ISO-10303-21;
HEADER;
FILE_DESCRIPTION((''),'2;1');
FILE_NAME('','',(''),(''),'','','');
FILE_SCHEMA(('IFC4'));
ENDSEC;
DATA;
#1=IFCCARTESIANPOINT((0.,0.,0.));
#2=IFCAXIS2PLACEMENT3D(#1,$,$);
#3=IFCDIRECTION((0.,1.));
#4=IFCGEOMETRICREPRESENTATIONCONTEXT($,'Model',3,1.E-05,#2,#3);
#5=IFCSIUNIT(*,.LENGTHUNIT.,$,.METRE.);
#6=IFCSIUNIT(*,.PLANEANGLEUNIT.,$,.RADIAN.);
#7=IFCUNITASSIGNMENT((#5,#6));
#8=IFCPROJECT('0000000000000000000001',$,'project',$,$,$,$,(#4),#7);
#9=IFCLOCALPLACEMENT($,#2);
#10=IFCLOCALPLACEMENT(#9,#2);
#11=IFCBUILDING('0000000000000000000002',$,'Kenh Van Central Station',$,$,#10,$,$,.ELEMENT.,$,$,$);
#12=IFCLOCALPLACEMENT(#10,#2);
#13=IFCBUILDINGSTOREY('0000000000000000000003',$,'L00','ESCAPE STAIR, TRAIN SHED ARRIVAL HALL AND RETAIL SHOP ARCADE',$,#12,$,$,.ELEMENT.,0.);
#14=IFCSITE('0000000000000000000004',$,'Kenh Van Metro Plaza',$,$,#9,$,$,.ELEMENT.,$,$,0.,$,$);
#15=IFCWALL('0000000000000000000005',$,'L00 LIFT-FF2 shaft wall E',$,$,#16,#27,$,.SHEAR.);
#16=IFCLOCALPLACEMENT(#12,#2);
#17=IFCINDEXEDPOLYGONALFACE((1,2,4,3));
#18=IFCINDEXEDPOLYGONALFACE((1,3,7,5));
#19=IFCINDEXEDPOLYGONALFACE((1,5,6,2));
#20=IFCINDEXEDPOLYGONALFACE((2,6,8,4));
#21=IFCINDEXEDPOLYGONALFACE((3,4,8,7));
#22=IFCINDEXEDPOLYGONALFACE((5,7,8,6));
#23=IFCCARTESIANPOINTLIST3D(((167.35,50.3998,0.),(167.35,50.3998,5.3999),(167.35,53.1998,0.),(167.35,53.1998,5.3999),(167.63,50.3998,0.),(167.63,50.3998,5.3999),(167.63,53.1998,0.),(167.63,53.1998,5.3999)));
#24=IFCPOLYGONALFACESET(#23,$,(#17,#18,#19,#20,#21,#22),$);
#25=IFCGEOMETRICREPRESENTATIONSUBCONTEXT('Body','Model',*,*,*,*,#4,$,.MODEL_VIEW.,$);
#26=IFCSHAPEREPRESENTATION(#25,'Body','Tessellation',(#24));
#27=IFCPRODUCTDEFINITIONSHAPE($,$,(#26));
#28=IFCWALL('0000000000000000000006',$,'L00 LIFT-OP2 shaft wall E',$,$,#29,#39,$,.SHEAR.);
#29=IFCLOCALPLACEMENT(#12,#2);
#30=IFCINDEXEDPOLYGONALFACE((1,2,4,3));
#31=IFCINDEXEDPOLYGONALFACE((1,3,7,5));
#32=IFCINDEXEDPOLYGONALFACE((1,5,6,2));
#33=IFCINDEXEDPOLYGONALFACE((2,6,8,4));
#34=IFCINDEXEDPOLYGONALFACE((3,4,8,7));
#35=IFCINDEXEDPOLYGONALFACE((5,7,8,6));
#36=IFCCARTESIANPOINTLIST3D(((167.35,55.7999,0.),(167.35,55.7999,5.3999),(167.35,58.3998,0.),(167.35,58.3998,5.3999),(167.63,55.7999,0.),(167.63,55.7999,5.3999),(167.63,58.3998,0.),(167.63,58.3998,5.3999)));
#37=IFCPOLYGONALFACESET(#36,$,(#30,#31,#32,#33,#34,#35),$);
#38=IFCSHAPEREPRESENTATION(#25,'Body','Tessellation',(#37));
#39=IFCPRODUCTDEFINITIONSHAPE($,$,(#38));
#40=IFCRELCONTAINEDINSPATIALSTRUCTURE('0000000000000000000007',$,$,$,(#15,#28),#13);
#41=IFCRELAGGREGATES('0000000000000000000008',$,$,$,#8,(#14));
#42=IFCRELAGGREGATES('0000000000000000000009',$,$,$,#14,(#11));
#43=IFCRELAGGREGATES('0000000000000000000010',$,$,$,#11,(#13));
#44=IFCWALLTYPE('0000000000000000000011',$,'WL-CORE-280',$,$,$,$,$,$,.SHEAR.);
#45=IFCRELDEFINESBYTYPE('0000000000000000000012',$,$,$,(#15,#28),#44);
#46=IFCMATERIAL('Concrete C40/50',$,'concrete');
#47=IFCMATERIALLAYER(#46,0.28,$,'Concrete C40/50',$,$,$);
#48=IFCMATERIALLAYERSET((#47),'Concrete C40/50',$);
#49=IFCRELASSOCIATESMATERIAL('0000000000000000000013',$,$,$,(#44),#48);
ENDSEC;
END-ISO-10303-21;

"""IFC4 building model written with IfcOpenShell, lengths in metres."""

from ifc_helpers import new_model, si_unit, direction, frame, frame_2d, origin, place, context, subcontext, project, spatial, rectangle, extrude, material, layer, layer_set, type_object, element, save


model = new_model("IFC4")

# Units and contexts
model_context = context("Model", 3, precision=1e-05, world=origin(), true_north=direction((0.0, 1.0)))
body_context = subcontext(model_context, "Body", "Model", "MODEL_VIEW")
ifc_project = project(units=[si_unit("LENGTHUNIT", "METRE"), si_unit("PLANEANGLEUNIT", "RADIAN")], contexts=[model_context])

# Site, building, storey
site_placement = place(None, origin())
site = spatial("IfcSite", under=ifc_project, at=site_placement, Name="Kenh Van Metro Plaza", CompositionType="ELEMENT", RefElevation=0.0)
building_placement = place(site_placement, origin())
building = spatial("IfcBuilding", under=site, at=building_placement, Name="Kenh Van Central Station", CompositionType="ELEMENT")
storey_placement = place(building_placement, origin())
storey = spatial("IfcBuildingStorey", under=building, at=storey_placement, Name="L00", Description="ESCAPE STAIR, TRAIN SHED ARRIVAL HALL AND RETAIL SHOP ARCADE", CompositionType="ELEMENT", Elevation=0.0)

# Shared definitions
ifc_material_1 = material(Name="Concrete C40/50", Category="concrete")

# Walls
ifc_layer_1 = layer(ifc_material_1, 0.28, Name="Concrete C40/50")
ifc_layer_set_1 = layer_set([ifc_layer_1], Name="Concrete C40/50")
wall_type = type_object("IfcWallType", Name="WL-CORE-280", PredefinedType="SHEAR", material=ifc_layer_set_1)
wall_1_placement = place(storey_placement, frame((167.49, 50.3999, 0.0), z_axis=(0.0, 0.0, 1.0), x_axis=(0.0, 1.0, 0.0)))
element("IfcWall", 1, at=wall_1_placement, inside=storey, type_object=wall_type, Name="L00 LIFT-FF2 shaft wall E", PredefinedType="SHEAR", context=body_context, shape_type="SweptSolid", body=[
    extrude(rectangle(XDim=2.8, YDim=0.28, at=frame_2d((1.3999, 0.0))), origin(), (0.0, 0.0, 1.0), 5.3999),
])
wall_2_placement = place(storey_placement, frame((167.49, 55.8, 0.0), z_axis=(0.0, 0.0, 1.0), x_axis=(0.0, 1.0, 0.0)))
element("IfcWall", 2, at=wall_2_placement, inside=storey, type_object=wall_type, Name="L00 LIFT-OP2 shaft wall E", PredefinedType="SHEAR", context=body_context, shape_type="SweptSolid", body=[
    extrude(rectangle(XDim=2.5999, YDim=0.28, at=frame_2d((1.2998, 0.0))), origin(), (0.0, 0.0, 1.0), 5.3999),
])

save(model, "model.ifc")
